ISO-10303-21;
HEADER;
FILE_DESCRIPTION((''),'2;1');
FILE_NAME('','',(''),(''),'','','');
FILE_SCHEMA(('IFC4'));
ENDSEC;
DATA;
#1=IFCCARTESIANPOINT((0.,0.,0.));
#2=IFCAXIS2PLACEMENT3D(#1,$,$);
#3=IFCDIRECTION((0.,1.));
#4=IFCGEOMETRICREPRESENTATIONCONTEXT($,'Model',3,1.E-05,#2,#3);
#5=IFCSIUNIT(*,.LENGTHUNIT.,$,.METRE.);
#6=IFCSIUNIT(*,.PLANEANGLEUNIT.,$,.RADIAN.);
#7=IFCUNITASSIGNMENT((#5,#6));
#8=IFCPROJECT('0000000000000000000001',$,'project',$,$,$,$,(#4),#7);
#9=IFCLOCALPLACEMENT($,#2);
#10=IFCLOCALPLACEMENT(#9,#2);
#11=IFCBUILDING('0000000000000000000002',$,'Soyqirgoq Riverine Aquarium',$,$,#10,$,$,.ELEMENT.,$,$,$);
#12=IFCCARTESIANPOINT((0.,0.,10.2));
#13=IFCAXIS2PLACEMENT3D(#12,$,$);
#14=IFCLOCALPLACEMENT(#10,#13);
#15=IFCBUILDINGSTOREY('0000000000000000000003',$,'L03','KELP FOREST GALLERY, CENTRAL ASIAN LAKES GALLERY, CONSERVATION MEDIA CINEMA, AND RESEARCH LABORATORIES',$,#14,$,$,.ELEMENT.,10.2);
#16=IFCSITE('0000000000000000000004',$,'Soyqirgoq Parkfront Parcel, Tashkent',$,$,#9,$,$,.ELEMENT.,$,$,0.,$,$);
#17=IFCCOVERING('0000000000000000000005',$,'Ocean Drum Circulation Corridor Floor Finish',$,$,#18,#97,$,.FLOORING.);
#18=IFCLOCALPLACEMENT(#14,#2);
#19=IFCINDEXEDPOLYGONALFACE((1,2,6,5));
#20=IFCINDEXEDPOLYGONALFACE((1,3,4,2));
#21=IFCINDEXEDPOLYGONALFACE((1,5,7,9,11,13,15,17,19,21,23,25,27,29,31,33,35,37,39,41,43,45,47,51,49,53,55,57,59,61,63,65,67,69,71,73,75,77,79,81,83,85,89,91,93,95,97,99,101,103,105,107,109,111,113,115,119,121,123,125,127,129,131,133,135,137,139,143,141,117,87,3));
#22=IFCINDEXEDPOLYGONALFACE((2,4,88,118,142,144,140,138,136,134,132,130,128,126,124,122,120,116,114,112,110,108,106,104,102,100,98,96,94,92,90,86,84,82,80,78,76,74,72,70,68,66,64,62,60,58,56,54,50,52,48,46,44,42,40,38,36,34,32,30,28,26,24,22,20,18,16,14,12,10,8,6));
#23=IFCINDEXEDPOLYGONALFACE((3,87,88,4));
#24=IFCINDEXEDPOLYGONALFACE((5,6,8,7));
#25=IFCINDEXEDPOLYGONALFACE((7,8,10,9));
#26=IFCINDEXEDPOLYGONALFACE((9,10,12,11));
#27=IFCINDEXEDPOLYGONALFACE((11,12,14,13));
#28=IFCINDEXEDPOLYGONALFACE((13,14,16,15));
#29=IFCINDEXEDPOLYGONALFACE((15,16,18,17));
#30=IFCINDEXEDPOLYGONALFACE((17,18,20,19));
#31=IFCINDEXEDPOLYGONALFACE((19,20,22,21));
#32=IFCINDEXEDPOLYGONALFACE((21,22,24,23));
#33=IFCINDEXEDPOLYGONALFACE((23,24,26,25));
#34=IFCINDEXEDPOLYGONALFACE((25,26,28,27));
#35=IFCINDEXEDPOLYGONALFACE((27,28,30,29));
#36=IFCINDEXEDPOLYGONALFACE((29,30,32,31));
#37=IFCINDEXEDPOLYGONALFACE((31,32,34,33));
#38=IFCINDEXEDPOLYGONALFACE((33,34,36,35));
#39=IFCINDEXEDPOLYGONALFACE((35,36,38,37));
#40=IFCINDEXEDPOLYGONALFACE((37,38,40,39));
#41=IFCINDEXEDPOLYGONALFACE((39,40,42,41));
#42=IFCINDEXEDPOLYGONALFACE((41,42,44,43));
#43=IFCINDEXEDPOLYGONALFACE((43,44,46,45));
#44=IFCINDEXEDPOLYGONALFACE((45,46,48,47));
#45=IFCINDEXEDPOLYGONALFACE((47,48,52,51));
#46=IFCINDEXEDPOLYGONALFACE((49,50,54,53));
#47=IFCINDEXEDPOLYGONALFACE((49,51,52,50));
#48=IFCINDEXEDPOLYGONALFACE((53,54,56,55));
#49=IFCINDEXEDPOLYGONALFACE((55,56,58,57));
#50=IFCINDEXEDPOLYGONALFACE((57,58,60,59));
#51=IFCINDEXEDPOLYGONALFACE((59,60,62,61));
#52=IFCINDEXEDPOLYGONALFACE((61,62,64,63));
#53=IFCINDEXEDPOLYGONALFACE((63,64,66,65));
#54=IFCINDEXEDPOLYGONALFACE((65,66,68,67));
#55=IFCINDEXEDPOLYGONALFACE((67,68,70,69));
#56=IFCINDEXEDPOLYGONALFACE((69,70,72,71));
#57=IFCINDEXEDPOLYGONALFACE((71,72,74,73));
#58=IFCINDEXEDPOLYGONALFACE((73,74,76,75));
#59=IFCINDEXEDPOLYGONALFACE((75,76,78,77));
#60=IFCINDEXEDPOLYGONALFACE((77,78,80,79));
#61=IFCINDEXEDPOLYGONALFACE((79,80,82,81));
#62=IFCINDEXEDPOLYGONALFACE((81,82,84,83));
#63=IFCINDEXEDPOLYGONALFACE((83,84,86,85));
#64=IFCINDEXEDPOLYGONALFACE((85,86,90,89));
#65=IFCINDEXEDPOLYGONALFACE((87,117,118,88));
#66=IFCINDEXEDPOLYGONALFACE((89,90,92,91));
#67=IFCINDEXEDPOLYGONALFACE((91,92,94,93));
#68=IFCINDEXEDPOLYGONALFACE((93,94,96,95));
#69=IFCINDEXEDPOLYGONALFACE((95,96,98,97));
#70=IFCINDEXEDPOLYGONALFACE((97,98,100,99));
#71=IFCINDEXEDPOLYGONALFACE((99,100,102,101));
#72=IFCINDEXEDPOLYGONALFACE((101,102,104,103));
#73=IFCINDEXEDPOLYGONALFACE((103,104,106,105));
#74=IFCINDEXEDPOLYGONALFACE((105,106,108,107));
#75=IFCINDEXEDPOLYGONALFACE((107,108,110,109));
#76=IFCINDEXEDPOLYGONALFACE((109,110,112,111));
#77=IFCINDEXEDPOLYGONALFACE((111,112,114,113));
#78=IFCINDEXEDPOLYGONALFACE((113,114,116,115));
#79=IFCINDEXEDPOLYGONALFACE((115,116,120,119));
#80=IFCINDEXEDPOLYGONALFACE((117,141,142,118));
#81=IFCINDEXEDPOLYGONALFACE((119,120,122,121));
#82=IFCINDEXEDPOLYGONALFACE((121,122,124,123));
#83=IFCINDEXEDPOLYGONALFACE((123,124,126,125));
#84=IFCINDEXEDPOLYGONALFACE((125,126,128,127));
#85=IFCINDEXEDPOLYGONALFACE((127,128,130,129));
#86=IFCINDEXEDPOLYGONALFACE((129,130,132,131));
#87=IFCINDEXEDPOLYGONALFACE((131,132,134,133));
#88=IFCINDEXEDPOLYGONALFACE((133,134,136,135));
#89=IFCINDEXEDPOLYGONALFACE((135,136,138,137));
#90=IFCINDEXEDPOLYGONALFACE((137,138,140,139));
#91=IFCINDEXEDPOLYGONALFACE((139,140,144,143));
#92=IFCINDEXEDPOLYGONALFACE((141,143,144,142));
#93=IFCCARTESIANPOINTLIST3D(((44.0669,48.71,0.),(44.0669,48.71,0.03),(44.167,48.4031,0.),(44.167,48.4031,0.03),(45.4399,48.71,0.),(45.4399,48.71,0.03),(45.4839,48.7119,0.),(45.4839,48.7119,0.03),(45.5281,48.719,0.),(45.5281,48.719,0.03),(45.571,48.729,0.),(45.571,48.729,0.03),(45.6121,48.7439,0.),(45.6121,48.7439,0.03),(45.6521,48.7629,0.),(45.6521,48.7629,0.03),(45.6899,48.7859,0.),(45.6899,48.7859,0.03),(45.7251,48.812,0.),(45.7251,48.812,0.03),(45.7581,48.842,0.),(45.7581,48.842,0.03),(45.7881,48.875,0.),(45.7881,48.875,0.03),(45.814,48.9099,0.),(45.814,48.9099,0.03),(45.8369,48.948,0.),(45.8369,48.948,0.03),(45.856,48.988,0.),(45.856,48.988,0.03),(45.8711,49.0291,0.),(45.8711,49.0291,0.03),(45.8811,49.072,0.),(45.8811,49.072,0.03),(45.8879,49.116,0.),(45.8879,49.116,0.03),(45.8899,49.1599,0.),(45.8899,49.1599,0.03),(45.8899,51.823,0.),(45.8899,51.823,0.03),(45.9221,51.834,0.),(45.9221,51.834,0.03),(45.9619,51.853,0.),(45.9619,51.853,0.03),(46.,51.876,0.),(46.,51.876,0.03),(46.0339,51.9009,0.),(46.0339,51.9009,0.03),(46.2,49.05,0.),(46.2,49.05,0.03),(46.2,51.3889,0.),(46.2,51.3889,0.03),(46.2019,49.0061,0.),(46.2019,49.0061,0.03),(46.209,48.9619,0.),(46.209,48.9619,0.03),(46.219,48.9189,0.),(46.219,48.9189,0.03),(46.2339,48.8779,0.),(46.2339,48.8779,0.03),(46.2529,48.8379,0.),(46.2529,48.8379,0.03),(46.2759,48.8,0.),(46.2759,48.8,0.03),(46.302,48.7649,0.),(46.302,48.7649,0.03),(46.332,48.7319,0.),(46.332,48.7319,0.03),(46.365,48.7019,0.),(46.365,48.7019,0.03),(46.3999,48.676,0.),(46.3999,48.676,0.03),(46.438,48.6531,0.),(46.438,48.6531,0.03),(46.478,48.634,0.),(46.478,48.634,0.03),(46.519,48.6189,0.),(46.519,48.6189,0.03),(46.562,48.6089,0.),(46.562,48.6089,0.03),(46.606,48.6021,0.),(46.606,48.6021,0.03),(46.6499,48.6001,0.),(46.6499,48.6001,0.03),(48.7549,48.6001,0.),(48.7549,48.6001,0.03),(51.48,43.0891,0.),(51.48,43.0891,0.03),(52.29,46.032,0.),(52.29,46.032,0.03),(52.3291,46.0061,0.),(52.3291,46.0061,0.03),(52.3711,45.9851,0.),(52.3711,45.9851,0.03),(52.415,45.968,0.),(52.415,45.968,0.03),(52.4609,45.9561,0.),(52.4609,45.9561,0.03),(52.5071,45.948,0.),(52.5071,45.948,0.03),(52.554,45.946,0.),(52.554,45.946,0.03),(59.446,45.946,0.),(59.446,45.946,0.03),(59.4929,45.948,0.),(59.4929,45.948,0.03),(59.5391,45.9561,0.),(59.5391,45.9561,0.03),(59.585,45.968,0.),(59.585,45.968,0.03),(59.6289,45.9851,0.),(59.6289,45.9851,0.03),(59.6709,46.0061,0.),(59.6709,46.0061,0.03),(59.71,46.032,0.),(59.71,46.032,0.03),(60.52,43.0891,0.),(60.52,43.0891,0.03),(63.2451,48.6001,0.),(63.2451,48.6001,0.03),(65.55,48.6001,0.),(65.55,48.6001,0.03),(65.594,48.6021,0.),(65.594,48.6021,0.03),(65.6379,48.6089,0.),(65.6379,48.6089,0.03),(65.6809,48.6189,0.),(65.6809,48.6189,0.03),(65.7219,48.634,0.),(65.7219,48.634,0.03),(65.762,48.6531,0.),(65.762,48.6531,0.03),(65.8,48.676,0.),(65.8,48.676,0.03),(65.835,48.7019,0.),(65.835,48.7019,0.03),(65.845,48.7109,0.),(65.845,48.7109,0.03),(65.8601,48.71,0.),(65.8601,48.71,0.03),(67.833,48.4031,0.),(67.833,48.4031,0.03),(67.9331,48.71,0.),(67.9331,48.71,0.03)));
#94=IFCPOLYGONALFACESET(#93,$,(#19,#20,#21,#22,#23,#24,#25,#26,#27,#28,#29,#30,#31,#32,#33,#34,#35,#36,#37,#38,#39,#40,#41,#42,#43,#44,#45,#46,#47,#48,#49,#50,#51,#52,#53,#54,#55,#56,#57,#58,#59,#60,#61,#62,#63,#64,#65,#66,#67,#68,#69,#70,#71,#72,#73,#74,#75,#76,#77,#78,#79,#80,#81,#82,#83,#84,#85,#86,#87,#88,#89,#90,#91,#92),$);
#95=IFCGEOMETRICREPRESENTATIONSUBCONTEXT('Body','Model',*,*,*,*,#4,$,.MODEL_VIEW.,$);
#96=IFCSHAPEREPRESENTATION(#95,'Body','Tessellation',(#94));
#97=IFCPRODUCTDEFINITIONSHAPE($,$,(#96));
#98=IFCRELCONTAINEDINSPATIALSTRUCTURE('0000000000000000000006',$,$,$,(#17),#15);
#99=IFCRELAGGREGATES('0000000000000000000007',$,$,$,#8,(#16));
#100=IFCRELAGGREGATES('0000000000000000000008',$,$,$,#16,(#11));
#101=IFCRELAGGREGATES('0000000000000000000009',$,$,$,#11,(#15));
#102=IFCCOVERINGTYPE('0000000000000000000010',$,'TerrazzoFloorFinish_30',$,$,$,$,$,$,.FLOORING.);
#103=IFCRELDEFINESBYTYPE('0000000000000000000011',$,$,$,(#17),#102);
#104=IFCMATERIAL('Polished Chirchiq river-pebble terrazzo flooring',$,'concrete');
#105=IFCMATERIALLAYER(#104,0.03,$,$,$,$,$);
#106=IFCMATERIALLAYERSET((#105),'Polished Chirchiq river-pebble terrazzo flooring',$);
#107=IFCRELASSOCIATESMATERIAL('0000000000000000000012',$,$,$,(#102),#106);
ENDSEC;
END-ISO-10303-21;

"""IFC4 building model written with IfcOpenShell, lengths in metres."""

from ifc_helpers import new_model, si_unit, direction, frame, origin, place, context, subcontext, project, spatial, polyline, outline, extrude, material, layer, layer_set, type_object, element, save


model = new_model("IFC4")

# Units and contexts
model_context = context("Model", 3, precision=1e-05, world=origin(), true_north=direction((0.0, 1.0)))
body_context = subcontext(model_context, "Body", "Model", "MODEL_VIEW")
ifc_project = project(units=[si_unit("LENGTHUNIT", "METRE"), si_unit("PLANEANGLEUNIT", "RADIAN")], contexts=[model_context])

# Site, building, storey
site_placement = place(None, origin())
site = spatial("IfcSite", under=ifc_project, at=site_placement, Name="Soyqirgoq Parkfront Parcel, Tashkent", CompositionType="ELEMENT", RefElevation=0.0)
building_placement = place(site_placement, origin())
building = spatial("IfcBuilding", under=site, at=building_placement, Name="Soyqirgoq Riverine Aquarium", CompositionType="ELEMENT")
storey_placement = place(building_placement, frame((0.0, 0.0, 10.2)))
storey = spatial("IfcBuildingStorey", under=building, at=storey_placement, Name="L03", Description="KELP FOREST GALLERY, CENTRAL ASIAN LAKES GALLERY, CONSERVATION MEDIA CINEMA, AND RESEARCH LABORATORIES", CompositionType="ELEMENT", Elevation=10.2)

# Covering
ifc_material_1 = material(Name="Polished Chirchiq river-pebble terrazzo flooring", Category="concrete")
ifc_layer_1 = layer(ifc_material_1, 0.03)
ifc_layer_set_1 = layer_set([ifc_layer_1], Name="Polished Chirchiq river-pebble terrazzo flooring")
covering_type_1 = type_object("IfcCoveringType", Name="TerrazzoFloorFinish_30", PredefinedType="FLOORING", material=ifc_layer_set_1)
covering_1_placement = place(storey_placement, origin())
element("IfcCovering", 1, at=covering_1_placement, inside=storey, type_object=covering_type_1, Name="Ocean Drum Circulation Corridor Floor Finish", PredefinedType="FLOORING", context=body_context, shape_type="SweptSolid", body=[
    extrude(outline(polyline([(45.4399, 48.71), (45.4839, 48.7119), (45.5281, 48.719), (45.571, 48.729), (45.6121, 48.7439), (45.6521, 48.7629), (45.6899, 48.7859), (45.7251, 48.812), (45.7581, 48.842), (45.7881, 48.875), (45.814, 48.9099), (45.8369, 48.948), (45.856, 48.988), (45.8711, 49.0291), (45.8811, 49.072), (45.8879, 49.116), (45.8899, 49.1599), (45.8899, 51.823), (45.9221, 51.834), (45.9619, 51.853), (46.0, 51.876), (46.0339, 51.9009), (46.2, 51.3889), (46.2, 49.05), (46.2019, 49.0061), (46.209, 48.9619), (46.219, 48.9189), (46.2339, 48.8779), (46.2529, 48.8379), (46.2759, 48.8), (46.302, 48.7649), (46.332, 48.7319), (46.365, 48.7019), (46.3999, 48.676), (46.438, 48.6531), (46.478, 48.634), (46.519, 48.6189), (46.562, 48.6089), (46.606, 48.6021), (46.6499, 48.6001), (48.7549, 48.6001), (52.29, 46.032), (52.3291, 46.0061), (52.3711, 45.9851), (52.415, 45.968), (52.4609, 45.9561), (52.5071, 45.948), (52.554, 45.946), (59.446, 45.946), (59.4929, 45.948), (59.5391, 45.9561), (59.585, 45.968), (59.6289, 45.9851), (59.6709, 46.0061), (59.71, 46.032), (63.2451, 48.6001), (65.55, 48.6001), (65.594, 48.6021), (65.6379, 48.6089), (65.6809, 48.6189), (65.7219, 48.634), (65.762, 48.6531), (65.8, 48.676), (65.835, 48.7019), (65.845, 48.7109), (65.8601, 48.71), (67.9331, 48.71), (67.833, 48.4031), (60.52, 43.0891), (51.48, 43.0891), (44.167, 48.4031), (44.0669, 48.71), (45.4399, 48.71)])), origin(), (0.0, 0.0, 1.0), 0.03),
])

save(model, "model.ifc")
